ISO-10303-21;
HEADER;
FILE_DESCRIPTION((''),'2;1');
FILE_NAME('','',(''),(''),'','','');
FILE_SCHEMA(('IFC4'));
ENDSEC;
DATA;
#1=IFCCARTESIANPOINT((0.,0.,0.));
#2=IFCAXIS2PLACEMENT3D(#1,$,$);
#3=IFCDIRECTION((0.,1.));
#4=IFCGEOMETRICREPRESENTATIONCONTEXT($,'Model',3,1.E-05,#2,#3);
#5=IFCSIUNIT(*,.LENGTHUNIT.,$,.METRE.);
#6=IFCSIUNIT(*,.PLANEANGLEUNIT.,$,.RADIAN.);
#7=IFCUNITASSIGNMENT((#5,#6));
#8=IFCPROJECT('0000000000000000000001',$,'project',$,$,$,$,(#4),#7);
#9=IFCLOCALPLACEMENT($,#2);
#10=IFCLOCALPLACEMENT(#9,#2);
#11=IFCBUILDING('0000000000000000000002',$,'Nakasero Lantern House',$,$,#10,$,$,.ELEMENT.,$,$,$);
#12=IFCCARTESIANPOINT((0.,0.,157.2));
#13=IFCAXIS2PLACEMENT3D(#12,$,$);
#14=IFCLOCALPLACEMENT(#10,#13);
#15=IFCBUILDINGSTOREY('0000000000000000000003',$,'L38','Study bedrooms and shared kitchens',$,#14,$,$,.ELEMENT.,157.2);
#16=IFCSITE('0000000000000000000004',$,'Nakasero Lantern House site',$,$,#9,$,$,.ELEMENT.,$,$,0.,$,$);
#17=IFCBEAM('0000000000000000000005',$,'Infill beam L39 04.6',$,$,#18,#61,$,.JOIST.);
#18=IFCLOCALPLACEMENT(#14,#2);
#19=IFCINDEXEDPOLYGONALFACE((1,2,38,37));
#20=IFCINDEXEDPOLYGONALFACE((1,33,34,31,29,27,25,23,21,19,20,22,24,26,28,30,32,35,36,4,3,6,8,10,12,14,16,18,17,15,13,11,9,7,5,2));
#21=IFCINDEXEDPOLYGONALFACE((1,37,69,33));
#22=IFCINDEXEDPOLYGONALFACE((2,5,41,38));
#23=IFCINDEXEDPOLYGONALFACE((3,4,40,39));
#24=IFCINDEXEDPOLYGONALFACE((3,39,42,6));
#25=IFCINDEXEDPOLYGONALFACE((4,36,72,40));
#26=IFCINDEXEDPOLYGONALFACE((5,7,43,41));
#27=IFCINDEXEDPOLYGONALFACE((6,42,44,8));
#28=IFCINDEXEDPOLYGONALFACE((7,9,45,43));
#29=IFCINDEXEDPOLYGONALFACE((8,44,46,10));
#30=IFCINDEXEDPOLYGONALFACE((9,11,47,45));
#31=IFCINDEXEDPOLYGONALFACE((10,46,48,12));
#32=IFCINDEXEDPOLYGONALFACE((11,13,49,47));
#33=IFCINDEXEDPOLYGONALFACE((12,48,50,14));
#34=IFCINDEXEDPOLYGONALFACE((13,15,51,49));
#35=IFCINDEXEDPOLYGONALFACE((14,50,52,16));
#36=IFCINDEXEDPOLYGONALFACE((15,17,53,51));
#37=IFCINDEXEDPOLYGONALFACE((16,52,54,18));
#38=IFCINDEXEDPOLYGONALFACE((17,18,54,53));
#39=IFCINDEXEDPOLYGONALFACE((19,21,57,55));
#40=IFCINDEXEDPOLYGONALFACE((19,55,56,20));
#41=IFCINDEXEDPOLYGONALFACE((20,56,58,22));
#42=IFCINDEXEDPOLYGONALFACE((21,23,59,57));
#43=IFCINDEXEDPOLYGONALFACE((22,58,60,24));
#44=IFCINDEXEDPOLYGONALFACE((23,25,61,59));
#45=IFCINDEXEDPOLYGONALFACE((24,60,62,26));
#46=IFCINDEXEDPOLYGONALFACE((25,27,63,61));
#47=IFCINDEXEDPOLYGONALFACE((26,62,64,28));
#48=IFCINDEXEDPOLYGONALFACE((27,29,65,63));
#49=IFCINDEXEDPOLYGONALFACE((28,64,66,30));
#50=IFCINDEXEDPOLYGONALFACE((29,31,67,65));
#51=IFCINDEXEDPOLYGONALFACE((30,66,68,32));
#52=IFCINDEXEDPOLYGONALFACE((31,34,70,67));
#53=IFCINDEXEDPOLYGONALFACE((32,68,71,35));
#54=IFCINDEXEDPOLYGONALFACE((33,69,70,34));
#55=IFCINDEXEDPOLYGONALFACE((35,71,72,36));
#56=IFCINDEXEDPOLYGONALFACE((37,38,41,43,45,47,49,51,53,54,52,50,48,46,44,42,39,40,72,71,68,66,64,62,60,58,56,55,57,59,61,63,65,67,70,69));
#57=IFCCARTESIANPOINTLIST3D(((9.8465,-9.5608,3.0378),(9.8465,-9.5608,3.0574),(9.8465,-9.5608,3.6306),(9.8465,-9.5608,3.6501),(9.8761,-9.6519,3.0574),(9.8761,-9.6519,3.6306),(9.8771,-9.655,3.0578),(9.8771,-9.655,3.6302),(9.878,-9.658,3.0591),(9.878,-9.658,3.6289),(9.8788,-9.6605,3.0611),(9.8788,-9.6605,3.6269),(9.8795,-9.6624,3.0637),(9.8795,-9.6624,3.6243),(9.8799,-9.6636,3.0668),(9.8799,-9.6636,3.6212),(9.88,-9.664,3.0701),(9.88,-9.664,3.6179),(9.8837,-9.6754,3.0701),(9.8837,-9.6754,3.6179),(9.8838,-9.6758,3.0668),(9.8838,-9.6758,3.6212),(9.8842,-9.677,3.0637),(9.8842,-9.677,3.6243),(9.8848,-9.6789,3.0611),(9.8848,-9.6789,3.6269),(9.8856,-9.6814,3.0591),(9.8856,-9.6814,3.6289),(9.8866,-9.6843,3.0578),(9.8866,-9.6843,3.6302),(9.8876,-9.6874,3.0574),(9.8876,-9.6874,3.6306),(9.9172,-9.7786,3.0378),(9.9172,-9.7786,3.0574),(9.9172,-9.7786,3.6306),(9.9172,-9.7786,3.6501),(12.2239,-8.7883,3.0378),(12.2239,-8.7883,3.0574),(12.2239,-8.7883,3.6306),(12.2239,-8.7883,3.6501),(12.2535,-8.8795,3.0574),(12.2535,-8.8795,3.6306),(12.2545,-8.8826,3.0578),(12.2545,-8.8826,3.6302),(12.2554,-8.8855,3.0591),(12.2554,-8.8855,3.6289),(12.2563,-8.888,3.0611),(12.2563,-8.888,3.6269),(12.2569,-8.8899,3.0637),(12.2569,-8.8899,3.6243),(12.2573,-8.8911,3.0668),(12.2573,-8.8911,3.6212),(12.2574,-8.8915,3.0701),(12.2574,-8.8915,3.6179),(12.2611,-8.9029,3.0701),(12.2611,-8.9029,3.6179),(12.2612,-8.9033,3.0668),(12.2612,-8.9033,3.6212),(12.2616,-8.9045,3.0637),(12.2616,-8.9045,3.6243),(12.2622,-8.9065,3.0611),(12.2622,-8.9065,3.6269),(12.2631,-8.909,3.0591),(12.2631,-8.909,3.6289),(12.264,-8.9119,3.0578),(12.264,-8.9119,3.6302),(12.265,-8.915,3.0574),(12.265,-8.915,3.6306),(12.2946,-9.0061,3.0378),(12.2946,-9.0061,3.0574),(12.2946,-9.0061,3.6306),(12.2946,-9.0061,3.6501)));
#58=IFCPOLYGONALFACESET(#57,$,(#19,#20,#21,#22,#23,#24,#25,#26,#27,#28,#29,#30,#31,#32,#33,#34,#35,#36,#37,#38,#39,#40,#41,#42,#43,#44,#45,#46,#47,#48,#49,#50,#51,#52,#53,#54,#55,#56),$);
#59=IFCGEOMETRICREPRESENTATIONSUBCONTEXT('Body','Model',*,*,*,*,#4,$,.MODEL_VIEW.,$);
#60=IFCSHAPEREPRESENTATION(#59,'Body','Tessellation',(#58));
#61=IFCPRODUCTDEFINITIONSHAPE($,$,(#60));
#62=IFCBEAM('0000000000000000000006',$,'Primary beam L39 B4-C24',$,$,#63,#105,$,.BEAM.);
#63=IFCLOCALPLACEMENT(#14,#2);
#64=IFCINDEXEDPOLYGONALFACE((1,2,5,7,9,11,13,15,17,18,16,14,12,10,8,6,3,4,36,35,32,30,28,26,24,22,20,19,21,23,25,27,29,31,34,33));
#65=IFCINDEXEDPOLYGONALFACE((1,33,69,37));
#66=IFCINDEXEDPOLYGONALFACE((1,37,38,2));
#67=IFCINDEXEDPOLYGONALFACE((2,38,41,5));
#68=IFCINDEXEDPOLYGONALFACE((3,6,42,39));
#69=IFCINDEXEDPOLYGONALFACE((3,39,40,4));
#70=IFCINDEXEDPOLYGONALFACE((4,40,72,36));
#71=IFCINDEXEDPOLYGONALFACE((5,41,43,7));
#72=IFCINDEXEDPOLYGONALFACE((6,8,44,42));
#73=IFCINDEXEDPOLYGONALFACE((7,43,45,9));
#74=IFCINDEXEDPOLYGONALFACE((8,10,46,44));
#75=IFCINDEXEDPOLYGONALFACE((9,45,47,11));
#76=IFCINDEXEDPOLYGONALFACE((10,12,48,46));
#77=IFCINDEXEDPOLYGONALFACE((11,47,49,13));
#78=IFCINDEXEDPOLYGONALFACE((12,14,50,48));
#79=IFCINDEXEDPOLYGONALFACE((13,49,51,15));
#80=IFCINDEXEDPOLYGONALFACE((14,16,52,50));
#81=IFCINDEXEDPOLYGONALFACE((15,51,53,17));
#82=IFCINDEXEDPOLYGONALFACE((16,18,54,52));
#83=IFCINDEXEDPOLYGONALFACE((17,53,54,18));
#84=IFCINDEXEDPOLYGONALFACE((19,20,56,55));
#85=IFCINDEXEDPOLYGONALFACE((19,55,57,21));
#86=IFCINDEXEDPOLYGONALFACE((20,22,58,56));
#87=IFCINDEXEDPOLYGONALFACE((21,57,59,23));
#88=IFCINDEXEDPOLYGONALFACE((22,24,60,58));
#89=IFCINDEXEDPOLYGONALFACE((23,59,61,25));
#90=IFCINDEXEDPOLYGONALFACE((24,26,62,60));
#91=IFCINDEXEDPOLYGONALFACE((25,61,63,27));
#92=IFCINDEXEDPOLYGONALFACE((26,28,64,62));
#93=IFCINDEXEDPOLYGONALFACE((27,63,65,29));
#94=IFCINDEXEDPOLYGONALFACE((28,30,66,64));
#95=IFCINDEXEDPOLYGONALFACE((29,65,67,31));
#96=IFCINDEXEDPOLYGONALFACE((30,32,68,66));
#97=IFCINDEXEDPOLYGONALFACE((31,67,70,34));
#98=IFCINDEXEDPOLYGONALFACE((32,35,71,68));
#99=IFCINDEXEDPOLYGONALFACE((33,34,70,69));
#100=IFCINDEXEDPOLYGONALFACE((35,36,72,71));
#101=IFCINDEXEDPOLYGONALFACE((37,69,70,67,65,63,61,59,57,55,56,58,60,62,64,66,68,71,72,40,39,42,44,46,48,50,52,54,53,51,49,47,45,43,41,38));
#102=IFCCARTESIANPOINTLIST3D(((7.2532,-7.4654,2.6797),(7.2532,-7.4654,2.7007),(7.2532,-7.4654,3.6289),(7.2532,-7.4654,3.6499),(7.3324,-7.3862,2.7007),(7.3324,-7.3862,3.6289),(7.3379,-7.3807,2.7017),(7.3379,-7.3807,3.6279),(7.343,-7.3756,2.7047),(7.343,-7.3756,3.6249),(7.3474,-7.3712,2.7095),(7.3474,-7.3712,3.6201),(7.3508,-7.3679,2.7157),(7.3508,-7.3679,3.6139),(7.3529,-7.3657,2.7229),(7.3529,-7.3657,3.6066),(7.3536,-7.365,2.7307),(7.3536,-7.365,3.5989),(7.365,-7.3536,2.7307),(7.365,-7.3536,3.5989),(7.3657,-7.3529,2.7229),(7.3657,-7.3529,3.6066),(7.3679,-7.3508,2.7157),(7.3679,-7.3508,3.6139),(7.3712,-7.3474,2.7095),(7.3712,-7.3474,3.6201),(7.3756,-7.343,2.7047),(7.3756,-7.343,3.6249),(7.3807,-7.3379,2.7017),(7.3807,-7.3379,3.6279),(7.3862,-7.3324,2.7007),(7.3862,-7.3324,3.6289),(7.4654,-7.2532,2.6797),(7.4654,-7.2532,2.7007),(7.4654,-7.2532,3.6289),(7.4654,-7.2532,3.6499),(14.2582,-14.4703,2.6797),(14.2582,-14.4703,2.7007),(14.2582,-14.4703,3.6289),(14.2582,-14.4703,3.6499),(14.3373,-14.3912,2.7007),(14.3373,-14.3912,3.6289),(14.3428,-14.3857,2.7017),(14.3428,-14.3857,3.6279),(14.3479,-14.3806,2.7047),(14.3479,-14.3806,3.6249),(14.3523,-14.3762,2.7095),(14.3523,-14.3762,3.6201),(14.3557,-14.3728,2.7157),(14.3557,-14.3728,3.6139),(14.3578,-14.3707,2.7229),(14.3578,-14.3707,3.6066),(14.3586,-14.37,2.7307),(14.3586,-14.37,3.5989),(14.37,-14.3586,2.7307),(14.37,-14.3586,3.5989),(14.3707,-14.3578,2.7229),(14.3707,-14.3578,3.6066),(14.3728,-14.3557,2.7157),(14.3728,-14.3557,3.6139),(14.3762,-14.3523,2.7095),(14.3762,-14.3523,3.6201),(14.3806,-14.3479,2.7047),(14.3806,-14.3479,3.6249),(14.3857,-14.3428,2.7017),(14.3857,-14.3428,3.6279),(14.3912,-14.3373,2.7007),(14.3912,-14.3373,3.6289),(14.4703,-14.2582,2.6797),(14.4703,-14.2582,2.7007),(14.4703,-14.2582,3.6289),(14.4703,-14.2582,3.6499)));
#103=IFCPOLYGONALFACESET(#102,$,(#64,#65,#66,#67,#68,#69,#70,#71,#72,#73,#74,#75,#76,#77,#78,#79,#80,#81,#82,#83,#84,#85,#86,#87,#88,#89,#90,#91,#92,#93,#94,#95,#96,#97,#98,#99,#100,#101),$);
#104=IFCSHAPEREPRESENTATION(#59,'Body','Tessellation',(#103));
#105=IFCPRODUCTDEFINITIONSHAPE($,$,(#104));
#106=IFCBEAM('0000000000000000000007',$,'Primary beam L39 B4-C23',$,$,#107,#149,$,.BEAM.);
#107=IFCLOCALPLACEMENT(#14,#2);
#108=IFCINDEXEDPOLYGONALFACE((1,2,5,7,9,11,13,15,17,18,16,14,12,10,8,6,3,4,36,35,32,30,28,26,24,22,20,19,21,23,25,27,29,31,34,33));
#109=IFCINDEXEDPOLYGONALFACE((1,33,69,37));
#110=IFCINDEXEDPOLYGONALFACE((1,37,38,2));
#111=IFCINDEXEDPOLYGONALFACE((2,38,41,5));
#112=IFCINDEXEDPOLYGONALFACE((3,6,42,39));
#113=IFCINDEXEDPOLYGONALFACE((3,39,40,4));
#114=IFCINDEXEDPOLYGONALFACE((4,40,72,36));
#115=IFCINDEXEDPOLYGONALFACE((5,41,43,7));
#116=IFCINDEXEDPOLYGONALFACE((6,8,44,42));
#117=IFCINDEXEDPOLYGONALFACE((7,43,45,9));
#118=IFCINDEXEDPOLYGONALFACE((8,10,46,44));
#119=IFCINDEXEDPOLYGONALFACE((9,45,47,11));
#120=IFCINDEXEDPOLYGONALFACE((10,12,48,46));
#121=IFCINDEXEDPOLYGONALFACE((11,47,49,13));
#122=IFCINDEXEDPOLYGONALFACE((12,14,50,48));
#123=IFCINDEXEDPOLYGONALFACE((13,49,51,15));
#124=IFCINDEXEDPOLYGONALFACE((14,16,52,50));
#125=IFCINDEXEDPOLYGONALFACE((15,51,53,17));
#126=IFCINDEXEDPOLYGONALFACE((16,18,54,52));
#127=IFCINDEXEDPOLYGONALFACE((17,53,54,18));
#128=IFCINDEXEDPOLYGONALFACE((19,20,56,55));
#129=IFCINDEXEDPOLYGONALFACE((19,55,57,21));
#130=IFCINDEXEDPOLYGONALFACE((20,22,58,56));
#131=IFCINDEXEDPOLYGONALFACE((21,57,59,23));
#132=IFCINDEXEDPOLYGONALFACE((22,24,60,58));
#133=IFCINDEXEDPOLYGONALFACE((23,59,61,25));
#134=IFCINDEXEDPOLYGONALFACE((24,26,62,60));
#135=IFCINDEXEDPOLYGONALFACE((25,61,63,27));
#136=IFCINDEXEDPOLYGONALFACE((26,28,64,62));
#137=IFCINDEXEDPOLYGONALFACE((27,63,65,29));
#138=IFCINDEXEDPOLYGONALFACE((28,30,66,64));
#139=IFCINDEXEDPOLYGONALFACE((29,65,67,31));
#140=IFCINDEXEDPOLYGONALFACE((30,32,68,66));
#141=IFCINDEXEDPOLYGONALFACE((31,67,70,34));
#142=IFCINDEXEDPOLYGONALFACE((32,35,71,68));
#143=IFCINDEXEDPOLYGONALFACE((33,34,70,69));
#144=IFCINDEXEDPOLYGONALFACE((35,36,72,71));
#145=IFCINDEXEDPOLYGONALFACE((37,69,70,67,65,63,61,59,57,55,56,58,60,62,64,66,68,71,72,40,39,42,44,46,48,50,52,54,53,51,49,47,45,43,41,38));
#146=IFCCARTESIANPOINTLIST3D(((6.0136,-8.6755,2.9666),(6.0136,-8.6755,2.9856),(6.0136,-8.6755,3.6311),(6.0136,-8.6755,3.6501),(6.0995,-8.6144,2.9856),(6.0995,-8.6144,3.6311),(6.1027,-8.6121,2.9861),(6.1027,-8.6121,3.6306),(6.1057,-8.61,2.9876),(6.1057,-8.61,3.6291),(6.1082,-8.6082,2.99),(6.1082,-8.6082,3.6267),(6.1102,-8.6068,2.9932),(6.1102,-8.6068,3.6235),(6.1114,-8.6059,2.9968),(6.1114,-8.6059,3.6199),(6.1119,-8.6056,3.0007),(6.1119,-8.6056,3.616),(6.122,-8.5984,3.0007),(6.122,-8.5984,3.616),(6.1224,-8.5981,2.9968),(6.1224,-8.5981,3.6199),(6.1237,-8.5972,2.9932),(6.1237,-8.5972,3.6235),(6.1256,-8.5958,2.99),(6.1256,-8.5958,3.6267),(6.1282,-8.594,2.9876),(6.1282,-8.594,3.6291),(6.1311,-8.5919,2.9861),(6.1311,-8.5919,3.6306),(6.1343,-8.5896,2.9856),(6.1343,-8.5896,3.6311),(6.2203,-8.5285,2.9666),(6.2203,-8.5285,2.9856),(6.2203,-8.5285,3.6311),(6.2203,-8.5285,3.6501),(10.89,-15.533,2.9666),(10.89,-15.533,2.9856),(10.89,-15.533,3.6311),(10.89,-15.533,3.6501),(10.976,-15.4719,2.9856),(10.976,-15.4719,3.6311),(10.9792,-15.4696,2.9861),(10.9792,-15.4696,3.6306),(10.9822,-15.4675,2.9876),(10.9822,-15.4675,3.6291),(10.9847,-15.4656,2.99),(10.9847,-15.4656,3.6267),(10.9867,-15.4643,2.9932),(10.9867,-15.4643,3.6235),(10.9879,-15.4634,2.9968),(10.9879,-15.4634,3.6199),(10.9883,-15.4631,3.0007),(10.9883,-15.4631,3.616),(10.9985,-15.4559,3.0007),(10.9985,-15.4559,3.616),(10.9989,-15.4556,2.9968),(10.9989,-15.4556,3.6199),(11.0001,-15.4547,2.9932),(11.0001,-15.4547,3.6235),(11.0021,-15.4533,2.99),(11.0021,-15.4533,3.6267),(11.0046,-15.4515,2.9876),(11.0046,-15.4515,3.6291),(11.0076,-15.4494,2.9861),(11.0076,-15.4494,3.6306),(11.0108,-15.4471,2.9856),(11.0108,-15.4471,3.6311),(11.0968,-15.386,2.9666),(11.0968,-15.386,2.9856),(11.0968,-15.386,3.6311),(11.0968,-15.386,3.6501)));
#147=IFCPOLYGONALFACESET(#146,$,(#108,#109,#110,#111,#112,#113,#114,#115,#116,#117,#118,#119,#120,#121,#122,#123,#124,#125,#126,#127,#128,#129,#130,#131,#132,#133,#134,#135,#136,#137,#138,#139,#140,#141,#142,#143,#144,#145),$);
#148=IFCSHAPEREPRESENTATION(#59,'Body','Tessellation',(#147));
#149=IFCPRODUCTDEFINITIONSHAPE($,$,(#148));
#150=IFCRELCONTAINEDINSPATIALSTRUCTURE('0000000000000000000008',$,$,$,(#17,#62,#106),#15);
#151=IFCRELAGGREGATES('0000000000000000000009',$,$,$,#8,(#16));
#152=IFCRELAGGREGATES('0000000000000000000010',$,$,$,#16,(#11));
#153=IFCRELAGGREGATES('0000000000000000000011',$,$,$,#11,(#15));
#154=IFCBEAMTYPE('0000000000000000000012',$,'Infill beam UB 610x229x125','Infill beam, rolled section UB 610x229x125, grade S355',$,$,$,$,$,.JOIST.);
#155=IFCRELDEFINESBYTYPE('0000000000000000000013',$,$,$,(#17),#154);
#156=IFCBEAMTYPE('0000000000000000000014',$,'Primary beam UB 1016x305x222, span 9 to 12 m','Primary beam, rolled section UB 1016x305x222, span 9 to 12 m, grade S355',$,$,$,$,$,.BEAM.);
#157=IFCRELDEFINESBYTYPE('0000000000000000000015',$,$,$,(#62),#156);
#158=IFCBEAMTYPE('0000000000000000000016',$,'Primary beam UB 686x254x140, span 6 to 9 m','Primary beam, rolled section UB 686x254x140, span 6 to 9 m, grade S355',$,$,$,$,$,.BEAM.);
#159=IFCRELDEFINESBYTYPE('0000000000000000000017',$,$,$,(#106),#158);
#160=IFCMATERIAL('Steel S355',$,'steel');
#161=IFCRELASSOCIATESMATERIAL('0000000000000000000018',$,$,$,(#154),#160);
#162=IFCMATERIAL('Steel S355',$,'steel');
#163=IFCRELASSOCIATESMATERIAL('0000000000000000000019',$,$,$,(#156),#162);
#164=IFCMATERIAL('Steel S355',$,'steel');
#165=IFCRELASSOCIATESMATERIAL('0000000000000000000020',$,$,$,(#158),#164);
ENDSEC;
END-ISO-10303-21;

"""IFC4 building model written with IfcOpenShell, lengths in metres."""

from ifc_helpers import new_model, si_unit, direction, frame, origin, origin_2d, place, context, subcontext, project, spatial, i_section, extrude, material, material_profile, profile_set, type_object, element, save


model = new_model("IFC4")

# Units and contexts
model_context = context("Model", 3, precision=1e-05, world=origin(), true_north=direction((0.0, 1.0)))
body_context = subcontext(model_context, "Body", "Model", "MODEL_VIEW")
ifc_project = project(units=[si_unit("LENGTHUNIT", "METRE"), si_unit("PLANEANGLEUNIT", "RADIAN")], contexts=[model_context])

# Site, building, storey
site_placement = place(None, origin())
site = spatial("IfcSite", under=ifc_project, at=site_placement, Name="Nakasero Lantern House site", CompositionType="ELEMENT", RefElevation=0.0)
building_placement = place(site_placement, origin())
building = spatial("IfcBuilding", under=site, at=building_placement, Name="Nakasero Lantern House", CompositionType="ELEMENT")
storey_placement = place(building_placement, frame((0.0, 0.0, 157.2)))
storey = spatial("IfcBuildingStorey", under=building, at=storey_placement, Name="L38", Description="Study bedrooms and shared kitchens", CompositionType="ELEMENT", Elevation=157.2)

# Beams
ifc_material_1 = material(Name="Steel S355", Category="steel")
ifc_material_profile_1 = material_profile(ifc_material_1, i_section(OverallWidth=0.229, OverallDepth=0.6123, WebThickness=0.012, FlangeThickness=0.0195, FilletRadius=0.0127, at=origin_2d()), Name="UB 610x229x125")
ifc_profile_set_1 = profile_set([ifc_material_profile_1], Name="Steel S355")
beam_type_1 = type_object("IfcBeamType", Name="Infill beam UB 610x229x125", Description="Infill beam, rolled section UB 610x229x125, grade S355", PredefinedType="JOIST", material=ifc_profile_set_1)
beam_1_placement = place(storey_placement, frame((9.8818, -9.6697, 3.344), z_axis=(0.951058, 0.309011, 0.0), x_axis=(-0.309011, 0.951058, 0.0)))
element("IfcBeam", 1, at=beam_1_placement, inside=storey, type_object=beam_type_1, Name="Infill beam L39 04.6", PredefinedType="JOIST", context=body_context, shape_type="SweptSolid", body=[
    extrude(i_section(OverallWidth=0.229, OverallDepth=0.6123, WebThickness=0.012, FlangeThickness=0.0195, FilletRadius=0.0127, at=origin_2d()), origin(), (0.0, 0.0, 1.0), 2.4998),
])
ifc_material_2 = material(Name="Steel S355", Category="steel")
ifc_material_profile_2 = material_profile(ifc_material_2, i_section(OverallWidth=0.3, OverallDepth=0.9702, WebThickness=0.0161, FlangeThickness=0.021, FilletRadius=0.03, at=origin_2d()), Name="UB 1016x305x222")
ifc_profile_set_2 = profile_set([ifc_material_profile_2], Name="Steel S355")
beam_type_2 = type_object("IfcBeamType", Name="Primary beam UB 1016x305x222, span 9 to 12 m", Description="Primary beam, rolled section UB 1016x305x222, span 9 to 12 m, grade S355", PredefinedType="BEAM", material=ifc_profile_set_2)
beam_2_placement = place(storey_placement, frame((14.3643, -14.3643, 3.1648), z_axis=(-0.707107, 0.707107, 0.0), x_axis=(-0.707107, -0.707107, 0.0)))
element("IfcBeam", 2, at=beam_2_placement, inside=storey, type_object=beam_type_2, Name="Primary beam L39 B4-C24", PredefinedType="BEAM", context=body_context, shape_type="SweptSolid", body=[
    extrude(i_section(OverallWidth=0.3, OverallDepth=0.9702, WebThickness=0.0161, FlangeThickness=0.021, FilletRadius=0.03, at=origin_2d()), origin(), (0.0, 0.0, 1.0), 9.9065),
])
ifc_material_3 = material(Name="Steel S355", Category="steel")
ifc_material_profile_3 = material_profile(ifc_material_3, i_section(OverallWidth=0.2537, OverallDepth=0.6836, WebThickness=0.0125, FlangeThickness=0.019, FilletRadius=0.0151, at=origin_2d()), Name="UB 686x254x140")
ifc_profile_set_3 = profile_set([ifc_material_profile_3], Name="Steel S355")
beam_type_3 = type_object("IfcBeamType", Name="Primary beam UB 686x254x140, span 6 to 9 m", Description="Primary beam, rolled section UB 686x254x140, span 6 to 9 m, grade S355", PredefinedType="BEAM", material=ifc_profile_set_3)
beam_3_placement = place(storey_placement, frame((10.9934, -15.4595, 3.3083), z_axis=(-0.57953, 0.814951, 0.0), x_axis=(-0.814951, -0.57953, 0.0)))
element("IfcBeam", 3, at=beam_3_placement, inside=storey, type_object=beam_type_3, Name="Primary beam L39 B4-C23", PredefinedType="BEAM", context=body_context, shape_type="SweptSolid", body=[
    extrude(i_section(OverallWidth=0.2537, OverallDepth=0.6836, WebThickness=0.0125, FlangeThickness=0.019, FilletRadius=0.0151, at=origin_2d()), origin(), (0.0, 0.0, 1.0), 8.4146),
])

save(model, "model.ifc")
